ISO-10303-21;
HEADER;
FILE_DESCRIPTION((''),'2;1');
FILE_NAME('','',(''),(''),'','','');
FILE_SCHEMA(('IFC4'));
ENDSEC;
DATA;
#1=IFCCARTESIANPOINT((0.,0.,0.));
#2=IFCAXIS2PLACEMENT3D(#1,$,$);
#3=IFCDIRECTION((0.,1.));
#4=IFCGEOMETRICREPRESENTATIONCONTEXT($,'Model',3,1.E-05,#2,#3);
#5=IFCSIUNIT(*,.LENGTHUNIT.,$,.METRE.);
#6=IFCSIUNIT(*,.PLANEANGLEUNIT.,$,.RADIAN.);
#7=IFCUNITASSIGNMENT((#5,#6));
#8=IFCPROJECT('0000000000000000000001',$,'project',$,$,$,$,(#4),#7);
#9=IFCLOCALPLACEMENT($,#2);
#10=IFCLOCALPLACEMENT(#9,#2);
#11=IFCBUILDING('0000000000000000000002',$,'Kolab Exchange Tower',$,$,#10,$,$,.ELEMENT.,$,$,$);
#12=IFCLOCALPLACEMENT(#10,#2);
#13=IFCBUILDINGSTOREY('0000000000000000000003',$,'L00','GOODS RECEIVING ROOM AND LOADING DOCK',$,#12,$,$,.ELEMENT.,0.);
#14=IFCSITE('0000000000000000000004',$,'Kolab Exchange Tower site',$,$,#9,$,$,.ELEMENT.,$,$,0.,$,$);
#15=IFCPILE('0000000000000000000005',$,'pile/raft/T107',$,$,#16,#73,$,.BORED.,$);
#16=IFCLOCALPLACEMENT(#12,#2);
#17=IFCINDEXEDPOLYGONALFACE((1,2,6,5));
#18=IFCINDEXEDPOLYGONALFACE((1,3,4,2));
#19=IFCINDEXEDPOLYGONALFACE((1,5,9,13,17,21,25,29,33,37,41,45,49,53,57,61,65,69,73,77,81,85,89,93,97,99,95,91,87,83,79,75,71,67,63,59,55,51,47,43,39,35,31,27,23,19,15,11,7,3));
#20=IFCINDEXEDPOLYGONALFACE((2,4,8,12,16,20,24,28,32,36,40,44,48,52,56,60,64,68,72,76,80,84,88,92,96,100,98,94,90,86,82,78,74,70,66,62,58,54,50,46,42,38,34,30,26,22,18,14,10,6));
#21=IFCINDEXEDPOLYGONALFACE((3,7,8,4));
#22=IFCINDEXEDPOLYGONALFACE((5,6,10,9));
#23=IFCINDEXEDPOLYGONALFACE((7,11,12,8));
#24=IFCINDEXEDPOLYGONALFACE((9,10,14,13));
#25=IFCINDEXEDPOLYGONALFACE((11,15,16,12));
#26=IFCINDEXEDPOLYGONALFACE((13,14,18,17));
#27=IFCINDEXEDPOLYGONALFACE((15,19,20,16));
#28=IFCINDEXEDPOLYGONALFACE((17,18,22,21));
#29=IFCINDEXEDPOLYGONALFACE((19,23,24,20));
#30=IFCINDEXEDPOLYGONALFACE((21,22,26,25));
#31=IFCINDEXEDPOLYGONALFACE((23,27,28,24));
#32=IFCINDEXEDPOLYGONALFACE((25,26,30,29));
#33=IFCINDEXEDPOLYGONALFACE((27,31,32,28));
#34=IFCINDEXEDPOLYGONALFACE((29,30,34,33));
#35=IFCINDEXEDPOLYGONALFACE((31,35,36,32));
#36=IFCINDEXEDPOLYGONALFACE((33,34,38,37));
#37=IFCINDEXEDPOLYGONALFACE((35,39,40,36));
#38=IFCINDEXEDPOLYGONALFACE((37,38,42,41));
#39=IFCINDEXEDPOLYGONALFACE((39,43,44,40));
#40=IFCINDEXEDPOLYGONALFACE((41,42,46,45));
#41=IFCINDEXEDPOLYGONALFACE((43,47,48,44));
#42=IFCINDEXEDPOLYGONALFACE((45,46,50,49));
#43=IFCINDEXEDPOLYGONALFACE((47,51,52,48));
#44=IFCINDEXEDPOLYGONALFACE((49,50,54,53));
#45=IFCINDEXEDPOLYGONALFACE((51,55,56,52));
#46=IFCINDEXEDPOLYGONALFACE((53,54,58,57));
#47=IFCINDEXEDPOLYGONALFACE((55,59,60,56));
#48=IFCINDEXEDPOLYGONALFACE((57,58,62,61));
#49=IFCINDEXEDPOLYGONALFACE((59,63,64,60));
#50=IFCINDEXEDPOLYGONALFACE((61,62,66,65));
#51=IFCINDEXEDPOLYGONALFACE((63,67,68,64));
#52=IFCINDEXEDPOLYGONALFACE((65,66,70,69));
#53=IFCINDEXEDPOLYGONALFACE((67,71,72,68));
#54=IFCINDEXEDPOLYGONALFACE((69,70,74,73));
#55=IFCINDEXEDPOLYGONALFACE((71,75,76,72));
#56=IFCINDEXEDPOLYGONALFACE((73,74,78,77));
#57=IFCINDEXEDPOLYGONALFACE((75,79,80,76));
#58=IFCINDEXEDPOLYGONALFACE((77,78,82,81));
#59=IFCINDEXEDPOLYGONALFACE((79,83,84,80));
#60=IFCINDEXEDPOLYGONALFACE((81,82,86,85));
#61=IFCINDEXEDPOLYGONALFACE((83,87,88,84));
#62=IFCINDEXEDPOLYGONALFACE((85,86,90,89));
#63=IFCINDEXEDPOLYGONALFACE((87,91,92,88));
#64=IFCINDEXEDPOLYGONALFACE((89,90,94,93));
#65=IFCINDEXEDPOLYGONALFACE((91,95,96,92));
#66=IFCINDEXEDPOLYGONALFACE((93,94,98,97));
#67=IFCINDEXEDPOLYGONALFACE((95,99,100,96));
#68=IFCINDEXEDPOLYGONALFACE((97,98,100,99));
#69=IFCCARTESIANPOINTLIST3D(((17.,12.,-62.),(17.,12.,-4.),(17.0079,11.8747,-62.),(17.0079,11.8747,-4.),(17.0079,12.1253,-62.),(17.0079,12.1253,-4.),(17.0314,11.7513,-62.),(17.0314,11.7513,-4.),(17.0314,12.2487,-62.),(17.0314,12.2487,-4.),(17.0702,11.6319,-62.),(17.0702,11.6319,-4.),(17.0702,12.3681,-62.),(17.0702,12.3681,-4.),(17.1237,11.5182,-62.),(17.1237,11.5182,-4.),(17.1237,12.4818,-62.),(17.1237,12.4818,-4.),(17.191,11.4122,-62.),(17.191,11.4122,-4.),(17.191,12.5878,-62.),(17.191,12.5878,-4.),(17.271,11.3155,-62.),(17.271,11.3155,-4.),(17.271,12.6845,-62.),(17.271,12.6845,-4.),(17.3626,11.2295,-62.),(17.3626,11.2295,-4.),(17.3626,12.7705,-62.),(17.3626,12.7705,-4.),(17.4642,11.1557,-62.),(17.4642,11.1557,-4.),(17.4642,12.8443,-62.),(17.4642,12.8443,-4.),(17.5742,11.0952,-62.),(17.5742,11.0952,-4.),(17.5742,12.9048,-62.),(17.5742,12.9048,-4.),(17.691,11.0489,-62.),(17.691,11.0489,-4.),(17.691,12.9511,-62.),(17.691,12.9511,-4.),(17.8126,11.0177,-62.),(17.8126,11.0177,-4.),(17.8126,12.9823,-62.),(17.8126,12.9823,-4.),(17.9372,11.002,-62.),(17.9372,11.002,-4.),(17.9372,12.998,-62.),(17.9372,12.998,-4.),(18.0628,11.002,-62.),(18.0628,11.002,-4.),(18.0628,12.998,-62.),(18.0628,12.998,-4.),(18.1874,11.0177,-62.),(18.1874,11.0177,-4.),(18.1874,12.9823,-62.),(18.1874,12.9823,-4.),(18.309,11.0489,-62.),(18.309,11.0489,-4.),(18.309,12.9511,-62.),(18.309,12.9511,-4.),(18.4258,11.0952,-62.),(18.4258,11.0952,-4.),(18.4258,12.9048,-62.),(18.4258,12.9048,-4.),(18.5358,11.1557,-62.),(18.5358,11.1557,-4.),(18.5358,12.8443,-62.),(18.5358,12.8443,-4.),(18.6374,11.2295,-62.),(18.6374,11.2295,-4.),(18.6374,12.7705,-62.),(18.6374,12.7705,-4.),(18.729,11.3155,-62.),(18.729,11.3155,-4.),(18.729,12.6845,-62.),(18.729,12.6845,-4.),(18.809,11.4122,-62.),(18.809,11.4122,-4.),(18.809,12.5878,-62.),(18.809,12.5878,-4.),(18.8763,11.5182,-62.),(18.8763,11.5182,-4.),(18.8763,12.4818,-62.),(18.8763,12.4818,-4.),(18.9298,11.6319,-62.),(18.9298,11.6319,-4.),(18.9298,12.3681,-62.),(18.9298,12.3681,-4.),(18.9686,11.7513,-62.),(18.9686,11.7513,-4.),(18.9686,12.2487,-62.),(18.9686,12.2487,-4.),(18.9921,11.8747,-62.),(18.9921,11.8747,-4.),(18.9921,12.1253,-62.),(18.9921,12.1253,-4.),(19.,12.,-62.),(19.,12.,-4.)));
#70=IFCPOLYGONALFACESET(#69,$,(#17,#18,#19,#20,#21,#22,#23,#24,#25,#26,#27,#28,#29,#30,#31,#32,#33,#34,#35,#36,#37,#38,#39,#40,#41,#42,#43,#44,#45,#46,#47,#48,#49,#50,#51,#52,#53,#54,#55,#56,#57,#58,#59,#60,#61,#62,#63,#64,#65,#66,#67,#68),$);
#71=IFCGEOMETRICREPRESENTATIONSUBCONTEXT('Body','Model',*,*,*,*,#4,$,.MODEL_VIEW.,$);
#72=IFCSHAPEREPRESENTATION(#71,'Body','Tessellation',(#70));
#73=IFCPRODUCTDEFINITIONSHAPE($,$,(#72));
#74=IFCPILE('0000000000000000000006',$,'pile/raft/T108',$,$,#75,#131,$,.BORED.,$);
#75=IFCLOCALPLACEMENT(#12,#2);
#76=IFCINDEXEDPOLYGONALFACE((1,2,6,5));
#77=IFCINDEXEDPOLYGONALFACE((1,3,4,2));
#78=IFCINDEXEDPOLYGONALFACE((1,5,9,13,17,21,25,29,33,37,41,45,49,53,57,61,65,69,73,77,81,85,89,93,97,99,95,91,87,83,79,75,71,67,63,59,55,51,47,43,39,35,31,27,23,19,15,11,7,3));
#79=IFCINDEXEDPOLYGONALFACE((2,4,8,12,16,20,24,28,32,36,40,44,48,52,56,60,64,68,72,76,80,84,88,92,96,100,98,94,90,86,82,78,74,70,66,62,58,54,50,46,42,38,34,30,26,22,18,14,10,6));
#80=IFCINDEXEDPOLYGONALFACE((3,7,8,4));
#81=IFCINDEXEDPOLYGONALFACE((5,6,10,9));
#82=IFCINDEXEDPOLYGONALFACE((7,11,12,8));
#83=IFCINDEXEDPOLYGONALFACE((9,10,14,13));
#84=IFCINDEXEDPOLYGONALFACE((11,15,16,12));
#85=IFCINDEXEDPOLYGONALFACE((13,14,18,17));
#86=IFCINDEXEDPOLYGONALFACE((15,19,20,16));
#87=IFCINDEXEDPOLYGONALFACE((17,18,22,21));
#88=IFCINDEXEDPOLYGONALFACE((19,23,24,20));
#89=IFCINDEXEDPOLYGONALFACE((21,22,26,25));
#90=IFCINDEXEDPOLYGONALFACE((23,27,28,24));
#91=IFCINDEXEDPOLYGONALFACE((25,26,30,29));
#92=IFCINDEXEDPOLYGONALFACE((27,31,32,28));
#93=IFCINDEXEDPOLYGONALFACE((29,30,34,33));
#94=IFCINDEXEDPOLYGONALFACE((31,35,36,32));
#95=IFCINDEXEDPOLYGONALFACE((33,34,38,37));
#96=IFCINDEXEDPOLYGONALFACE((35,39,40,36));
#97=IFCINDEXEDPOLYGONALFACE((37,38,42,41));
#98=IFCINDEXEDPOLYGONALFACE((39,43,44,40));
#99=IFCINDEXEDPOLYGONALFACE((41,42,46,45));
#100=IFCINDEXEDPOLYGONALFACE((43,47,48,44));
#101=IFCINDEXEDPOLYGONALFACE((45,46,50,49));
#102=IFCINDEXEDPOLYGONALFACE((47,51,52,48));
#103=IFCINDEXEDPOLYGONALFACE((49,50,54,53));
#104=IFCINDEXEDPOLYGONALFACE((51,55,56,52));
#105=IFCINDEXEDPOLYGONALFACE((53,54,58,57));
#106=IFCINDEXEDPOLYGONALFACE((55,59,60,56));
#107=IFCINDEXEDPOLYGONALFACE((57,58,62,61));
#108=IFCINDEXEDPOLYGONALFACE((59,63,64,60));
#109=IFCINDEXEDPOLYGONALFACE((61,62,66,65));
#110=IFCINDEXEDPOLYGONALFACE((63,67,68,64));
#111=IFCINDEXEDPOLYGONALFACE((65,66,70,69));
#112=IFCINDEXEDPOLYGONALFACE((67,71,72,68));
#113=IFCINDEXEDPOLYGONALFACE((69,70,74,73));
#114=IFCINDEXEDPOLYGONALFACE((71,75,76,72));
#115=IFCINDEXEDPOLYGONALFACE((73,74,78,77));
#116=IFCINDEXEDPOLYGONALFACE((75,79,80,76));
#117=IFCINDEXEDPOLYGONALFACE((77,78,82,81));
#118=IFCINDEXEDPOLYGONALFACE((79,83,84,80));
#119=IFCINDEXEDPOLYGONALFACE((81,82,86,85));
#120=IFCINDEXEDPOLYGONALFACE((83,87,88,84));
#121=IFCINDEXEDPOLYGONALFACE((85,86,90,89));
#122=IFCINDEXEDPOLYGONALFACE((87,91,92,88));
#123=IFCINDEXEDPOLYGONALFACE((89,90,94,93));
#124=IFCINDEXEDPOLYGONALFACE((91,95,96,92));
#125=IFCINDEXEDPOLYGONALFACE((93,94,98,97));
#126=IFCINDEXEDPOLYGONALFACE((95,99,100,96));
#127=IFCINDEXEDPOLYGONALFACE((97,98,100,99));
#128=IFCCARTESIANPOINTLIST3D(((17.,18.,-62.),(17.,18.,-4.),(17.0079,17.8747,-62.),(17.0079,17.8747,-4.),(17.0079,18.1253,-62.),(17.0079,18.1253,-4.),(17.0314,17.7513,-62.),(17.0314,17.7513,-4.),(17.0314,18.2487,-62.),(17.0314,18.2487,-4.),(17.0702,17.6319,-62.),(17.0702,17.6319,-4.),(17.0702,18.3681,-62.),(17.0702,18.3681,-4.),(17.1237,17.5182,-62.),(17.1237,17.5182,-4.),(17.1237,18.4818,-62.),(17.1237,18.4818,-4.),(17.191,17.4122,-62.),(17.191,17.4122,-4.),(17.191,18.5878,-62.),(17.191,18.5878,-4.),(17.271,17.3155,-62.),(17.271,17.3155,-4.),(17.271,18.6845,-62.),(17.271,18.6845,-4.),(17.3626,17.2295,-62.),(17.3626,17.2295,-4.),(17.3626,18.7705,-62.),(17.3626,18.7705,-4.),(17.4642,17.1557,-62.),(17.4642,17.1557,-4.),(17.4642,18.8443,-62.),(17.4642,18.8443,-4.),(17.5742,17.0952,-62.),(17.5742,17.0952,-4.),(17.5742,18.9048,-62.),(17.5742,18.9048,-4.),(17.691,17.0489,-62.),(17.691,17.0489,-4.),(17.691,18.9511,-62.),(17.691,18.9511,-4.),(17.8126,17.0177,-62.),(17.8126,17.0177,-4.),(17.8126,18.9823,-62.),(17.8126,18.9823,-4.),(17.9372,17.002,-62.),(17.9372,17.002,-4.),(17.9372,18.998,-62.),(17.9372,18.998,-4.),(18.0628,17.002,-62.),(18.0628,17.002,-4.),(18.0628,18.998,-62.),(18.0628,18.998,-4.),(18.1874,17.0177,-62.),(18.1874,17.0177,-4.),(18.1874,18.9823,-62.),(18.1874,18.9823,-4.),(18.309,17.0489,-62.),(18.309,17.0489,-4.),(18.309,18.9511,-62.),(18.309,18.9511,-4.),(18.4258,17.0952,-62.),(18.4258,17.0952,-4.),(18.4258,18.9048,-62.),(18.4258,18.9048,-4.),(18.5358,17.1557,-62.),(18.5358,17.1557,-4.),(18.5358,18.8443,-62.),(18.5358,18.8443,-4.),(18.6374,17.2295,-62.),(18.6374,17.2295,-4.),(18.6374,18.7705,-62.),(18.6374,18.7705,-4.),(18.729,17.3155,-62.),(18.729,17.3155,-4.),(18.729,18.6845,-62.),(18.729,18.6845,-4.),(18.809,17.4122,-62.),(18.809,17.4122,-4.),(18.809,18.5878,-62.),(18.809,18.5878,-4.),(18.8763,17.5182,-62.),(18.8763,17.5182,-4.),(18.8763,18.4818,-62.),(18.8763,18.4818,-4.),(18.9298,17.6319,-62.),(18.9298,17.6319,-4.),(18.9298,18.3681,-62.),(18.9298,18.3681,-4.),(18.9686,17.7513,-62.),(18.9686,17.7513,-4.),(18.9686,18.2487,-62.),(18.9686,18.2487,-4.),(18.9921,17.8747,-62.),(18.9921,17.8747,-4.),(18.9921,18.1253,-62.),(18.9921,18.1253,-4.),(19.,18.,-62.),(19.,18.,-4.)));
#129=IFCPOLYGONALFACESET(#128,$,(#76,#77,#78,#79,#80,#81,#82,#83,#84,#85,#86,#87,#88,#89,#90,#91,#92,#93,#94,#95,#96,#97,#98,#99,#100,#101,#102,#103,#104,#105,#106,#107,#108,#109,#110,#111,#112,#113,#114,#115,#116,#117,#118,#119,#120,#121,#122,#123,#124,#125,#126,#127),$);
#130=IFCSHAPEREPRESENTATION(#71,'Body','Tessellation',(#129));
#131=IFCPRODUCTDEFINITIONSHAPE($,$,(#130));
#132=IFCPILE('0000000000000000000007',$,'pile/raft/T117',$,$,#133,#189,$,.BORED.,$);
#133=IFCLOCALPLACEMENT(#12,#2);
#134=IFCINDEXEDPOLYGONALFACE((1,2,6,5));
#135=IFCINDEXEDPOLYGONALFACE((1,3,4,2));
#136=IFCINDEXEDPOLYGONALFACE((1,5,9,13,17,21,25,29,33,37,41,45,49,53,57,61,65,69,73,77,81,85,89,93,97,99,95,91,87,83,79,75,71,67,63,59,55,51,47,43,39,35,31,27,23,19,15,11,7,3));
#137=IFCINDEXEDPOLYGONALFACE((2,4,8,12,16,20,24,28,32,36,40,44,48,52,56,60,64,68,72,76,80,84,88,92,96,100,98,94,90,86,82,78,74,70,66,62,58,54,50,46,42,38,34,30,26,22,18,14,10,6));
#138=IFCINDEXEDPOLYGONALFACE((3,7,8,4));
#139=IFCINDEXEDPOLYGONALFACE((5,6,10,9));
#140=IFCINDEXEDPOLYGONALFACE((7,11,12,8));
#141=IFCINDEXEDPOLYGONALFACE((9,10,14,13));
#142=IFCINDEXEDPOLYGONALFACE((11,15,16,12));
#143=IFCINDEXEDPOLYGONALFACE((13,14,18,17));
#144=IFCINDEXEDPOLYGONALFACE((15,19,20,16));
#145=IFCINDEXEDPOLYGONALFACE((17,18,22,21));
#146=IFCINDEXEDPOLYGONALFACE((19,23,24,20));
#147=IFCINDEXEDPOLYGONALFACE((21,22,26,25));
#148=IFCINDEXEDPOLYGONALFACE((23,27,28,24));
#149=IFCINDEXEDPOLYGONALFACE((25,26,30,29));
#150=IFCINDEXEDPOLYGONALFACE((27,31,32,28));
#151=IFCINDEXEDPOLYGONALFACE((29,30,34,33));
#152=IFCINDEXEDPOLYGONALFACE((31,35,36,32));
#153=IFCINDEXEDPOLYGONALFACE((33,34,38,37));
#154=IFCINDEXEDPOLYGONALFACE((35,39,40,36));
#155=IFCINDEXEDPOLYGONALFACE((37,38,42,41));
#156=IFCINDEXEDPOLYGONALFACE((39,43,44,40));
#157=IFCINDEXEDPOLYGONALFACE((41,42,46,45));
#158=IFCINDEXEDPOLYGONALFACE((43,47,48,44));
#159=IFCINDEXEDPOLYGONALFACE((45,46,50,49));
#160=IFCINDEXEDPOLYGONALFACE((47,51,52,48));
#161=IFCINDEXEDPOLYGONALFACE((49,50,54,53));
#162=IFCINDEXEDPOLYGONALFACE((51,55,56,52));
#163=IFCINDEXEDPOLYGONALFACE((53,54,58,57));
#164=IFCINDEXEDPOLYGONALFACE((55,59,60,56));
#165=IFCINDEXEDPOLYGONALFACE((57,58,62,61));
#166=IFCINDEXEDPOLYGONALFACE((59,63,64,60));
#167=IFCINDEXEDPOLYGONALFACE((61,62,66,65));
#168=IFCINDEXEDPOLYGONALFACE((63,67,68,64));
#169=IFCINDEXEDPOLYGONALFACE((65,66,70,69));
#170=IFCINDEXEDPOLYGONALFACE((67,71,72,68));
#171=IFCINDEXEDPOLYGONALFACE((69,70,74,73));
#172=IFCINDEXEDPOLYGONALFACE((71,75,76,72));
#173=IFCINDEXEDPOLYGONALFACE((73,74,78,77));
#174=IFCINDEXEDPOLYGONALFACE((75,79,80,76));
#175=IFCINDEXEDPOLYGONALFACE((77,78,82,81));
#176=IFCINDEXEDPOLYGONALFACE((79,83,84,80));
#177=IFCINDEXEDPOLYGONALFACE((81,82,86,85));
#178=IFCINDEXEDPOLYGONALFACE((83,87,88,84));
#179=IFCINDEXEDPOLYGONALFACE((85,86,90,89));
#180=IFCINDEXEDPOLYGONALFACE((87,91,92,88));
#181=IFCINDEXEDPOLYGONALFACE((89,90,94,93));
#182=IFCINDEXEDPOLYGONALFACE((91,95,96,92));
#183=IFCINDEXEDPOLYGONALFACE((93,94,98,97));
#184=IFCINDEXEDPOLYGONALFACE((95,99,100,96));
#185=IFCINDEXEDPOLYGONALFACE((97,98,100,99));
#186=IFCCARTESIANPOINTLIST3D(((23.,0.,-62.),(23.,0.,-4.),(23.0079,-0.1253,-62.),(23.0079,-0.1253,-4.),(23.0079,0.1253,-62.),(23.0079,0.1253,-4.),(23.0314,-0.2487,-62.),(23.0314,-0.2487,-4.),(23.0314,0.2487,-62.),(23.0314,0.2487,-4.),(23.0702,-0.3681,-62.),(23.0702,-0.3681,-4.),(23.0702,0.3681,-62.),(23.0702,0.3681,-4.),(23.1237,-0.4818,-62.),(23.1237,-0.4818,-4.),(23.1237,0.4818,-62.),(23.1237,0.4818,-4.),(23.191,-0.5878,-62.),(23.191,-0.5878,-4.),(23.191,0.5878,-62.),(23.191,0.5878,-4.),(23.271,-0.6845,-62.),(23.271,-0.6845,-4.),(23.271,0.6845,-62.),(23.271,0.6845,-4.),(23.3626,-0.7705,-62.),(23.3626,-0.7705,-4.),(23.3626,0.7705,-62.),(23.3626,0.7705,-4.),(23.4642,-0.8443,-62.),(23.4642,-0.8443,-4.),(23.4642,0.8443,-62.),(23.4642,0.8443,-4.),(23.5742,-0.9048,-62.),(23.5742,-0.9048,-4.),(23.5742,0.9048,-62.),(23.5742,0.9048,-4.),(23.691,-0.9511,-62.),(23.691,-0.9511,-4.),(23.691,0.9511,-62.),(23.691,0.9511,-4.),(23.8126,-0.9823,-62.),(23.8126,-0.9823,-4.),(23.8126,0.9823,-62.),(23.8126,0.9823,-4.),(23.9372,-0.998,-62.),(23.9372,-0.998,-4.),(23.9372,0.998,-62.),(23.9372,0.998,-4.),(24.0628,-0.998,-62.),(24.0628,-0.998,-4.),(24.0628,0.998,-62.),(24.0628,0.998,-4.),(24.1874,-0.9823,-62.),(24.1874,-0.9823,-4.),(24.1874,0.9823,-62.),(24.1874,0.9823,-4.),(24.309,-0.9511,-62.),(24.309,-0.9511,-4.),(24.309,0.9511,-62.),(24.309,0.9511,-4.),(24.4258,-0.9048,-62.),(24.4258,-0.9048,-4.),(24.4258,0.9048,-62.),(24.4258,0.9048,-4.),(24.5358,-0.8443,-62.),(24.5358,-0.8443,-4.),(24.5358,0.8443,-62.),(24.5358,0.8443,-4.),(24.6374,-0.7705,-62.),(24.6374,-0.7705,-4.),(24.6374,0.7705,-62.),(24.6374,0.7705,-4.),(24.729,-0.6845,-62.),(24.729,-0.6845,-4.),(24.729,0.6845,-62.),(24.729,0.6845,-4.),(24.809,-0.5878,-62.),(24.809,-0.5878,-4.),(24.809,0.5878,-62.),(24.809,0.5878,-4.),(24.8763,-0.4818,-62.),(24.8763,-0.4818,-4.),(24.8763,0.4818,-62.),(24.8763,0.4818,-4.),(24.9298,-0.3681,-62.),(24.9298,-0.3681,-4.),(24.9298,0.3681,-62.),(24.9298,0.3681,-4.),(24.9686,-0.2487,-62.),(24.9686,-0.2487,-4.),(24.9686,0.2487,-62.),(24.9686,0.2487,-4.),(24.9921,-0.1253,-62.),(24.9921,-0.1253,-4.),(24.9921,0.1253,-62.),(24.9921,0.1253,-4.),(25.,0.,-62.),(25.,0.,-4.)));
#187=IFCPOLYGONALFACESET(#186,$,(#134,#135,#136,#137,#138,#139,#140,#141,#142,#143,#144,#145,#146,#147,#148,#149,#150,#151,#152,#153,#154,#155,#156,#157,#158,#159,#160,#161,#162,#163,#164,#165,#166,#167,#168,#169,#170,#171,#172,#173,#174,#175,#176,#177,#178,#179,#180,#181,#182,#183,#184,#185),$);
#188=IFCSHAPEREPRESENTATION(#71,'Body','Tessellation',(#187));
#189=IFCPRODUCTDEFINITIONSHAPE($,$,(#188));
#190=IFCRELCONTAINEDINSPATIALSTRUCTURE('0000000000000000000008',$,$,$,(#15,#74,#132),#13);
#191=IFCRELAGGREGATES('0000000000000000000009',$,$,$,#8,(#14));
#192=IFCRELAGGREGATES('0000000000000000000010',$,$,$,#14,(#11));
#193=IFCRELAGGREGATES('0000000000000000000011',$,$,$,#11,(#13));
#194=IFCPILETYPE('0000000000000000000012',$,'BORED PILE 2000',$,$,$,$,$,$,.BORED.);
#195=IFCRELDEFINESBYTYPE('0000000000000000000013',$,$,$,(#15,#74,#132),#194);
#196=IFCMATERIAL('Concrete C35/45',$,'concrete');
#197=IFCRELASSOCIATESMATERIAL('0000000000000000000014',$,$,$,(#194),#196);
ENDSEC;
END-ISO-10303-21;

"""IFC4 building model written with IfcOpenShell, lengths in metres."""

from ifc_helpers import new_model, si_unit, direction, frame, origin, origin_2d, place, context, subcontext, project, spatial, circle, extrude, material, material_profile, profile_set, type_object, element, save


model = new_model("IFC4")

# Units and contexts
model_context = context("Model", 3, precision=1e-05, world=origin(), true_north=direction((0.0, 1.0)))
body_context = subcontext(model_context, "Body", "Model", "MODEL_VIEW")
ifc_project = project(units=[si_unit("LENGTHUNIT", "METRE"), si_unit("PLANEANGLEUNIT", "RADIAN")], contexts=[model_context])

# Site, building, storey
site_placement = place(None, origin())
site = spatial("IfcSite", under=ifc_project, at=site_placement, Name="Kolab Exchange Tower site", CompositionType="ELEMENT", RefElevation=0.0)
building_placement = place(site_placement, origin())
building = spatial("IfcBuilding", under=site, at=building_placement, Name="Kolab Exchange Tower", CompositionType="ELEMENT")
storey_placement = place(building_placement, origin())
storey = spatial("IfcBuildingStorey", under=building, at=storey_placement, Name="L00", Description="GOODS RECEIVING ROOM AND LOADING DOCK", CompositionType="ELEMENT", Elevation=0.0)

# Piles
ifc_material_1 = material(Name="Concrete C35/45", Category="concrete")
ifc_material_profile_1 = material_profile(ifc_material_1, circle(Radius=1.0, at=origin_2d()), Name="BP2000")
ifc_profile_set_1 = profile_set([ifc_material_profile_1], Name="Concrete C35/45")
pile_type_1 = type_object("IfcPileType", Name="BORED PILE 2000", PredefinedType="BORED", material=ifc_profile_set_1)
for number, where, z_axis, x_axis, name in (
    (1, (18.0, 12.0, -4.0), (0.0, 0.0, -1.0), (1.0, 0.0, 0.0), "pile/raft/T107"),
    (2, (18.0, 18.0, -4.0), (0.0, 0.0, -1.0), (1.0, 0.0, 0.0), "pile/raft/T108"),
    (3, (24.0, 0.0, -4.0), (0.0, 0.0, -1.0), (1.0, 0.0, 0.0), "pile/raft/T117"),
):
    element("IfcPile", number, at=place(storey_placement, frame(where, z_axis=z_axis, x_axis=x_axis)), inside=storey, type_object=pile_type_1, Name=name, PredefinedType="BORED", context=body_context, shape_type="SweptSolid", body=[
        extrude(circle(Radius=1.0, at=origin_2d()), origin(), (0.0, 0.0, 1.0), 58.0),
    ])

save(model, "model.ifc")
